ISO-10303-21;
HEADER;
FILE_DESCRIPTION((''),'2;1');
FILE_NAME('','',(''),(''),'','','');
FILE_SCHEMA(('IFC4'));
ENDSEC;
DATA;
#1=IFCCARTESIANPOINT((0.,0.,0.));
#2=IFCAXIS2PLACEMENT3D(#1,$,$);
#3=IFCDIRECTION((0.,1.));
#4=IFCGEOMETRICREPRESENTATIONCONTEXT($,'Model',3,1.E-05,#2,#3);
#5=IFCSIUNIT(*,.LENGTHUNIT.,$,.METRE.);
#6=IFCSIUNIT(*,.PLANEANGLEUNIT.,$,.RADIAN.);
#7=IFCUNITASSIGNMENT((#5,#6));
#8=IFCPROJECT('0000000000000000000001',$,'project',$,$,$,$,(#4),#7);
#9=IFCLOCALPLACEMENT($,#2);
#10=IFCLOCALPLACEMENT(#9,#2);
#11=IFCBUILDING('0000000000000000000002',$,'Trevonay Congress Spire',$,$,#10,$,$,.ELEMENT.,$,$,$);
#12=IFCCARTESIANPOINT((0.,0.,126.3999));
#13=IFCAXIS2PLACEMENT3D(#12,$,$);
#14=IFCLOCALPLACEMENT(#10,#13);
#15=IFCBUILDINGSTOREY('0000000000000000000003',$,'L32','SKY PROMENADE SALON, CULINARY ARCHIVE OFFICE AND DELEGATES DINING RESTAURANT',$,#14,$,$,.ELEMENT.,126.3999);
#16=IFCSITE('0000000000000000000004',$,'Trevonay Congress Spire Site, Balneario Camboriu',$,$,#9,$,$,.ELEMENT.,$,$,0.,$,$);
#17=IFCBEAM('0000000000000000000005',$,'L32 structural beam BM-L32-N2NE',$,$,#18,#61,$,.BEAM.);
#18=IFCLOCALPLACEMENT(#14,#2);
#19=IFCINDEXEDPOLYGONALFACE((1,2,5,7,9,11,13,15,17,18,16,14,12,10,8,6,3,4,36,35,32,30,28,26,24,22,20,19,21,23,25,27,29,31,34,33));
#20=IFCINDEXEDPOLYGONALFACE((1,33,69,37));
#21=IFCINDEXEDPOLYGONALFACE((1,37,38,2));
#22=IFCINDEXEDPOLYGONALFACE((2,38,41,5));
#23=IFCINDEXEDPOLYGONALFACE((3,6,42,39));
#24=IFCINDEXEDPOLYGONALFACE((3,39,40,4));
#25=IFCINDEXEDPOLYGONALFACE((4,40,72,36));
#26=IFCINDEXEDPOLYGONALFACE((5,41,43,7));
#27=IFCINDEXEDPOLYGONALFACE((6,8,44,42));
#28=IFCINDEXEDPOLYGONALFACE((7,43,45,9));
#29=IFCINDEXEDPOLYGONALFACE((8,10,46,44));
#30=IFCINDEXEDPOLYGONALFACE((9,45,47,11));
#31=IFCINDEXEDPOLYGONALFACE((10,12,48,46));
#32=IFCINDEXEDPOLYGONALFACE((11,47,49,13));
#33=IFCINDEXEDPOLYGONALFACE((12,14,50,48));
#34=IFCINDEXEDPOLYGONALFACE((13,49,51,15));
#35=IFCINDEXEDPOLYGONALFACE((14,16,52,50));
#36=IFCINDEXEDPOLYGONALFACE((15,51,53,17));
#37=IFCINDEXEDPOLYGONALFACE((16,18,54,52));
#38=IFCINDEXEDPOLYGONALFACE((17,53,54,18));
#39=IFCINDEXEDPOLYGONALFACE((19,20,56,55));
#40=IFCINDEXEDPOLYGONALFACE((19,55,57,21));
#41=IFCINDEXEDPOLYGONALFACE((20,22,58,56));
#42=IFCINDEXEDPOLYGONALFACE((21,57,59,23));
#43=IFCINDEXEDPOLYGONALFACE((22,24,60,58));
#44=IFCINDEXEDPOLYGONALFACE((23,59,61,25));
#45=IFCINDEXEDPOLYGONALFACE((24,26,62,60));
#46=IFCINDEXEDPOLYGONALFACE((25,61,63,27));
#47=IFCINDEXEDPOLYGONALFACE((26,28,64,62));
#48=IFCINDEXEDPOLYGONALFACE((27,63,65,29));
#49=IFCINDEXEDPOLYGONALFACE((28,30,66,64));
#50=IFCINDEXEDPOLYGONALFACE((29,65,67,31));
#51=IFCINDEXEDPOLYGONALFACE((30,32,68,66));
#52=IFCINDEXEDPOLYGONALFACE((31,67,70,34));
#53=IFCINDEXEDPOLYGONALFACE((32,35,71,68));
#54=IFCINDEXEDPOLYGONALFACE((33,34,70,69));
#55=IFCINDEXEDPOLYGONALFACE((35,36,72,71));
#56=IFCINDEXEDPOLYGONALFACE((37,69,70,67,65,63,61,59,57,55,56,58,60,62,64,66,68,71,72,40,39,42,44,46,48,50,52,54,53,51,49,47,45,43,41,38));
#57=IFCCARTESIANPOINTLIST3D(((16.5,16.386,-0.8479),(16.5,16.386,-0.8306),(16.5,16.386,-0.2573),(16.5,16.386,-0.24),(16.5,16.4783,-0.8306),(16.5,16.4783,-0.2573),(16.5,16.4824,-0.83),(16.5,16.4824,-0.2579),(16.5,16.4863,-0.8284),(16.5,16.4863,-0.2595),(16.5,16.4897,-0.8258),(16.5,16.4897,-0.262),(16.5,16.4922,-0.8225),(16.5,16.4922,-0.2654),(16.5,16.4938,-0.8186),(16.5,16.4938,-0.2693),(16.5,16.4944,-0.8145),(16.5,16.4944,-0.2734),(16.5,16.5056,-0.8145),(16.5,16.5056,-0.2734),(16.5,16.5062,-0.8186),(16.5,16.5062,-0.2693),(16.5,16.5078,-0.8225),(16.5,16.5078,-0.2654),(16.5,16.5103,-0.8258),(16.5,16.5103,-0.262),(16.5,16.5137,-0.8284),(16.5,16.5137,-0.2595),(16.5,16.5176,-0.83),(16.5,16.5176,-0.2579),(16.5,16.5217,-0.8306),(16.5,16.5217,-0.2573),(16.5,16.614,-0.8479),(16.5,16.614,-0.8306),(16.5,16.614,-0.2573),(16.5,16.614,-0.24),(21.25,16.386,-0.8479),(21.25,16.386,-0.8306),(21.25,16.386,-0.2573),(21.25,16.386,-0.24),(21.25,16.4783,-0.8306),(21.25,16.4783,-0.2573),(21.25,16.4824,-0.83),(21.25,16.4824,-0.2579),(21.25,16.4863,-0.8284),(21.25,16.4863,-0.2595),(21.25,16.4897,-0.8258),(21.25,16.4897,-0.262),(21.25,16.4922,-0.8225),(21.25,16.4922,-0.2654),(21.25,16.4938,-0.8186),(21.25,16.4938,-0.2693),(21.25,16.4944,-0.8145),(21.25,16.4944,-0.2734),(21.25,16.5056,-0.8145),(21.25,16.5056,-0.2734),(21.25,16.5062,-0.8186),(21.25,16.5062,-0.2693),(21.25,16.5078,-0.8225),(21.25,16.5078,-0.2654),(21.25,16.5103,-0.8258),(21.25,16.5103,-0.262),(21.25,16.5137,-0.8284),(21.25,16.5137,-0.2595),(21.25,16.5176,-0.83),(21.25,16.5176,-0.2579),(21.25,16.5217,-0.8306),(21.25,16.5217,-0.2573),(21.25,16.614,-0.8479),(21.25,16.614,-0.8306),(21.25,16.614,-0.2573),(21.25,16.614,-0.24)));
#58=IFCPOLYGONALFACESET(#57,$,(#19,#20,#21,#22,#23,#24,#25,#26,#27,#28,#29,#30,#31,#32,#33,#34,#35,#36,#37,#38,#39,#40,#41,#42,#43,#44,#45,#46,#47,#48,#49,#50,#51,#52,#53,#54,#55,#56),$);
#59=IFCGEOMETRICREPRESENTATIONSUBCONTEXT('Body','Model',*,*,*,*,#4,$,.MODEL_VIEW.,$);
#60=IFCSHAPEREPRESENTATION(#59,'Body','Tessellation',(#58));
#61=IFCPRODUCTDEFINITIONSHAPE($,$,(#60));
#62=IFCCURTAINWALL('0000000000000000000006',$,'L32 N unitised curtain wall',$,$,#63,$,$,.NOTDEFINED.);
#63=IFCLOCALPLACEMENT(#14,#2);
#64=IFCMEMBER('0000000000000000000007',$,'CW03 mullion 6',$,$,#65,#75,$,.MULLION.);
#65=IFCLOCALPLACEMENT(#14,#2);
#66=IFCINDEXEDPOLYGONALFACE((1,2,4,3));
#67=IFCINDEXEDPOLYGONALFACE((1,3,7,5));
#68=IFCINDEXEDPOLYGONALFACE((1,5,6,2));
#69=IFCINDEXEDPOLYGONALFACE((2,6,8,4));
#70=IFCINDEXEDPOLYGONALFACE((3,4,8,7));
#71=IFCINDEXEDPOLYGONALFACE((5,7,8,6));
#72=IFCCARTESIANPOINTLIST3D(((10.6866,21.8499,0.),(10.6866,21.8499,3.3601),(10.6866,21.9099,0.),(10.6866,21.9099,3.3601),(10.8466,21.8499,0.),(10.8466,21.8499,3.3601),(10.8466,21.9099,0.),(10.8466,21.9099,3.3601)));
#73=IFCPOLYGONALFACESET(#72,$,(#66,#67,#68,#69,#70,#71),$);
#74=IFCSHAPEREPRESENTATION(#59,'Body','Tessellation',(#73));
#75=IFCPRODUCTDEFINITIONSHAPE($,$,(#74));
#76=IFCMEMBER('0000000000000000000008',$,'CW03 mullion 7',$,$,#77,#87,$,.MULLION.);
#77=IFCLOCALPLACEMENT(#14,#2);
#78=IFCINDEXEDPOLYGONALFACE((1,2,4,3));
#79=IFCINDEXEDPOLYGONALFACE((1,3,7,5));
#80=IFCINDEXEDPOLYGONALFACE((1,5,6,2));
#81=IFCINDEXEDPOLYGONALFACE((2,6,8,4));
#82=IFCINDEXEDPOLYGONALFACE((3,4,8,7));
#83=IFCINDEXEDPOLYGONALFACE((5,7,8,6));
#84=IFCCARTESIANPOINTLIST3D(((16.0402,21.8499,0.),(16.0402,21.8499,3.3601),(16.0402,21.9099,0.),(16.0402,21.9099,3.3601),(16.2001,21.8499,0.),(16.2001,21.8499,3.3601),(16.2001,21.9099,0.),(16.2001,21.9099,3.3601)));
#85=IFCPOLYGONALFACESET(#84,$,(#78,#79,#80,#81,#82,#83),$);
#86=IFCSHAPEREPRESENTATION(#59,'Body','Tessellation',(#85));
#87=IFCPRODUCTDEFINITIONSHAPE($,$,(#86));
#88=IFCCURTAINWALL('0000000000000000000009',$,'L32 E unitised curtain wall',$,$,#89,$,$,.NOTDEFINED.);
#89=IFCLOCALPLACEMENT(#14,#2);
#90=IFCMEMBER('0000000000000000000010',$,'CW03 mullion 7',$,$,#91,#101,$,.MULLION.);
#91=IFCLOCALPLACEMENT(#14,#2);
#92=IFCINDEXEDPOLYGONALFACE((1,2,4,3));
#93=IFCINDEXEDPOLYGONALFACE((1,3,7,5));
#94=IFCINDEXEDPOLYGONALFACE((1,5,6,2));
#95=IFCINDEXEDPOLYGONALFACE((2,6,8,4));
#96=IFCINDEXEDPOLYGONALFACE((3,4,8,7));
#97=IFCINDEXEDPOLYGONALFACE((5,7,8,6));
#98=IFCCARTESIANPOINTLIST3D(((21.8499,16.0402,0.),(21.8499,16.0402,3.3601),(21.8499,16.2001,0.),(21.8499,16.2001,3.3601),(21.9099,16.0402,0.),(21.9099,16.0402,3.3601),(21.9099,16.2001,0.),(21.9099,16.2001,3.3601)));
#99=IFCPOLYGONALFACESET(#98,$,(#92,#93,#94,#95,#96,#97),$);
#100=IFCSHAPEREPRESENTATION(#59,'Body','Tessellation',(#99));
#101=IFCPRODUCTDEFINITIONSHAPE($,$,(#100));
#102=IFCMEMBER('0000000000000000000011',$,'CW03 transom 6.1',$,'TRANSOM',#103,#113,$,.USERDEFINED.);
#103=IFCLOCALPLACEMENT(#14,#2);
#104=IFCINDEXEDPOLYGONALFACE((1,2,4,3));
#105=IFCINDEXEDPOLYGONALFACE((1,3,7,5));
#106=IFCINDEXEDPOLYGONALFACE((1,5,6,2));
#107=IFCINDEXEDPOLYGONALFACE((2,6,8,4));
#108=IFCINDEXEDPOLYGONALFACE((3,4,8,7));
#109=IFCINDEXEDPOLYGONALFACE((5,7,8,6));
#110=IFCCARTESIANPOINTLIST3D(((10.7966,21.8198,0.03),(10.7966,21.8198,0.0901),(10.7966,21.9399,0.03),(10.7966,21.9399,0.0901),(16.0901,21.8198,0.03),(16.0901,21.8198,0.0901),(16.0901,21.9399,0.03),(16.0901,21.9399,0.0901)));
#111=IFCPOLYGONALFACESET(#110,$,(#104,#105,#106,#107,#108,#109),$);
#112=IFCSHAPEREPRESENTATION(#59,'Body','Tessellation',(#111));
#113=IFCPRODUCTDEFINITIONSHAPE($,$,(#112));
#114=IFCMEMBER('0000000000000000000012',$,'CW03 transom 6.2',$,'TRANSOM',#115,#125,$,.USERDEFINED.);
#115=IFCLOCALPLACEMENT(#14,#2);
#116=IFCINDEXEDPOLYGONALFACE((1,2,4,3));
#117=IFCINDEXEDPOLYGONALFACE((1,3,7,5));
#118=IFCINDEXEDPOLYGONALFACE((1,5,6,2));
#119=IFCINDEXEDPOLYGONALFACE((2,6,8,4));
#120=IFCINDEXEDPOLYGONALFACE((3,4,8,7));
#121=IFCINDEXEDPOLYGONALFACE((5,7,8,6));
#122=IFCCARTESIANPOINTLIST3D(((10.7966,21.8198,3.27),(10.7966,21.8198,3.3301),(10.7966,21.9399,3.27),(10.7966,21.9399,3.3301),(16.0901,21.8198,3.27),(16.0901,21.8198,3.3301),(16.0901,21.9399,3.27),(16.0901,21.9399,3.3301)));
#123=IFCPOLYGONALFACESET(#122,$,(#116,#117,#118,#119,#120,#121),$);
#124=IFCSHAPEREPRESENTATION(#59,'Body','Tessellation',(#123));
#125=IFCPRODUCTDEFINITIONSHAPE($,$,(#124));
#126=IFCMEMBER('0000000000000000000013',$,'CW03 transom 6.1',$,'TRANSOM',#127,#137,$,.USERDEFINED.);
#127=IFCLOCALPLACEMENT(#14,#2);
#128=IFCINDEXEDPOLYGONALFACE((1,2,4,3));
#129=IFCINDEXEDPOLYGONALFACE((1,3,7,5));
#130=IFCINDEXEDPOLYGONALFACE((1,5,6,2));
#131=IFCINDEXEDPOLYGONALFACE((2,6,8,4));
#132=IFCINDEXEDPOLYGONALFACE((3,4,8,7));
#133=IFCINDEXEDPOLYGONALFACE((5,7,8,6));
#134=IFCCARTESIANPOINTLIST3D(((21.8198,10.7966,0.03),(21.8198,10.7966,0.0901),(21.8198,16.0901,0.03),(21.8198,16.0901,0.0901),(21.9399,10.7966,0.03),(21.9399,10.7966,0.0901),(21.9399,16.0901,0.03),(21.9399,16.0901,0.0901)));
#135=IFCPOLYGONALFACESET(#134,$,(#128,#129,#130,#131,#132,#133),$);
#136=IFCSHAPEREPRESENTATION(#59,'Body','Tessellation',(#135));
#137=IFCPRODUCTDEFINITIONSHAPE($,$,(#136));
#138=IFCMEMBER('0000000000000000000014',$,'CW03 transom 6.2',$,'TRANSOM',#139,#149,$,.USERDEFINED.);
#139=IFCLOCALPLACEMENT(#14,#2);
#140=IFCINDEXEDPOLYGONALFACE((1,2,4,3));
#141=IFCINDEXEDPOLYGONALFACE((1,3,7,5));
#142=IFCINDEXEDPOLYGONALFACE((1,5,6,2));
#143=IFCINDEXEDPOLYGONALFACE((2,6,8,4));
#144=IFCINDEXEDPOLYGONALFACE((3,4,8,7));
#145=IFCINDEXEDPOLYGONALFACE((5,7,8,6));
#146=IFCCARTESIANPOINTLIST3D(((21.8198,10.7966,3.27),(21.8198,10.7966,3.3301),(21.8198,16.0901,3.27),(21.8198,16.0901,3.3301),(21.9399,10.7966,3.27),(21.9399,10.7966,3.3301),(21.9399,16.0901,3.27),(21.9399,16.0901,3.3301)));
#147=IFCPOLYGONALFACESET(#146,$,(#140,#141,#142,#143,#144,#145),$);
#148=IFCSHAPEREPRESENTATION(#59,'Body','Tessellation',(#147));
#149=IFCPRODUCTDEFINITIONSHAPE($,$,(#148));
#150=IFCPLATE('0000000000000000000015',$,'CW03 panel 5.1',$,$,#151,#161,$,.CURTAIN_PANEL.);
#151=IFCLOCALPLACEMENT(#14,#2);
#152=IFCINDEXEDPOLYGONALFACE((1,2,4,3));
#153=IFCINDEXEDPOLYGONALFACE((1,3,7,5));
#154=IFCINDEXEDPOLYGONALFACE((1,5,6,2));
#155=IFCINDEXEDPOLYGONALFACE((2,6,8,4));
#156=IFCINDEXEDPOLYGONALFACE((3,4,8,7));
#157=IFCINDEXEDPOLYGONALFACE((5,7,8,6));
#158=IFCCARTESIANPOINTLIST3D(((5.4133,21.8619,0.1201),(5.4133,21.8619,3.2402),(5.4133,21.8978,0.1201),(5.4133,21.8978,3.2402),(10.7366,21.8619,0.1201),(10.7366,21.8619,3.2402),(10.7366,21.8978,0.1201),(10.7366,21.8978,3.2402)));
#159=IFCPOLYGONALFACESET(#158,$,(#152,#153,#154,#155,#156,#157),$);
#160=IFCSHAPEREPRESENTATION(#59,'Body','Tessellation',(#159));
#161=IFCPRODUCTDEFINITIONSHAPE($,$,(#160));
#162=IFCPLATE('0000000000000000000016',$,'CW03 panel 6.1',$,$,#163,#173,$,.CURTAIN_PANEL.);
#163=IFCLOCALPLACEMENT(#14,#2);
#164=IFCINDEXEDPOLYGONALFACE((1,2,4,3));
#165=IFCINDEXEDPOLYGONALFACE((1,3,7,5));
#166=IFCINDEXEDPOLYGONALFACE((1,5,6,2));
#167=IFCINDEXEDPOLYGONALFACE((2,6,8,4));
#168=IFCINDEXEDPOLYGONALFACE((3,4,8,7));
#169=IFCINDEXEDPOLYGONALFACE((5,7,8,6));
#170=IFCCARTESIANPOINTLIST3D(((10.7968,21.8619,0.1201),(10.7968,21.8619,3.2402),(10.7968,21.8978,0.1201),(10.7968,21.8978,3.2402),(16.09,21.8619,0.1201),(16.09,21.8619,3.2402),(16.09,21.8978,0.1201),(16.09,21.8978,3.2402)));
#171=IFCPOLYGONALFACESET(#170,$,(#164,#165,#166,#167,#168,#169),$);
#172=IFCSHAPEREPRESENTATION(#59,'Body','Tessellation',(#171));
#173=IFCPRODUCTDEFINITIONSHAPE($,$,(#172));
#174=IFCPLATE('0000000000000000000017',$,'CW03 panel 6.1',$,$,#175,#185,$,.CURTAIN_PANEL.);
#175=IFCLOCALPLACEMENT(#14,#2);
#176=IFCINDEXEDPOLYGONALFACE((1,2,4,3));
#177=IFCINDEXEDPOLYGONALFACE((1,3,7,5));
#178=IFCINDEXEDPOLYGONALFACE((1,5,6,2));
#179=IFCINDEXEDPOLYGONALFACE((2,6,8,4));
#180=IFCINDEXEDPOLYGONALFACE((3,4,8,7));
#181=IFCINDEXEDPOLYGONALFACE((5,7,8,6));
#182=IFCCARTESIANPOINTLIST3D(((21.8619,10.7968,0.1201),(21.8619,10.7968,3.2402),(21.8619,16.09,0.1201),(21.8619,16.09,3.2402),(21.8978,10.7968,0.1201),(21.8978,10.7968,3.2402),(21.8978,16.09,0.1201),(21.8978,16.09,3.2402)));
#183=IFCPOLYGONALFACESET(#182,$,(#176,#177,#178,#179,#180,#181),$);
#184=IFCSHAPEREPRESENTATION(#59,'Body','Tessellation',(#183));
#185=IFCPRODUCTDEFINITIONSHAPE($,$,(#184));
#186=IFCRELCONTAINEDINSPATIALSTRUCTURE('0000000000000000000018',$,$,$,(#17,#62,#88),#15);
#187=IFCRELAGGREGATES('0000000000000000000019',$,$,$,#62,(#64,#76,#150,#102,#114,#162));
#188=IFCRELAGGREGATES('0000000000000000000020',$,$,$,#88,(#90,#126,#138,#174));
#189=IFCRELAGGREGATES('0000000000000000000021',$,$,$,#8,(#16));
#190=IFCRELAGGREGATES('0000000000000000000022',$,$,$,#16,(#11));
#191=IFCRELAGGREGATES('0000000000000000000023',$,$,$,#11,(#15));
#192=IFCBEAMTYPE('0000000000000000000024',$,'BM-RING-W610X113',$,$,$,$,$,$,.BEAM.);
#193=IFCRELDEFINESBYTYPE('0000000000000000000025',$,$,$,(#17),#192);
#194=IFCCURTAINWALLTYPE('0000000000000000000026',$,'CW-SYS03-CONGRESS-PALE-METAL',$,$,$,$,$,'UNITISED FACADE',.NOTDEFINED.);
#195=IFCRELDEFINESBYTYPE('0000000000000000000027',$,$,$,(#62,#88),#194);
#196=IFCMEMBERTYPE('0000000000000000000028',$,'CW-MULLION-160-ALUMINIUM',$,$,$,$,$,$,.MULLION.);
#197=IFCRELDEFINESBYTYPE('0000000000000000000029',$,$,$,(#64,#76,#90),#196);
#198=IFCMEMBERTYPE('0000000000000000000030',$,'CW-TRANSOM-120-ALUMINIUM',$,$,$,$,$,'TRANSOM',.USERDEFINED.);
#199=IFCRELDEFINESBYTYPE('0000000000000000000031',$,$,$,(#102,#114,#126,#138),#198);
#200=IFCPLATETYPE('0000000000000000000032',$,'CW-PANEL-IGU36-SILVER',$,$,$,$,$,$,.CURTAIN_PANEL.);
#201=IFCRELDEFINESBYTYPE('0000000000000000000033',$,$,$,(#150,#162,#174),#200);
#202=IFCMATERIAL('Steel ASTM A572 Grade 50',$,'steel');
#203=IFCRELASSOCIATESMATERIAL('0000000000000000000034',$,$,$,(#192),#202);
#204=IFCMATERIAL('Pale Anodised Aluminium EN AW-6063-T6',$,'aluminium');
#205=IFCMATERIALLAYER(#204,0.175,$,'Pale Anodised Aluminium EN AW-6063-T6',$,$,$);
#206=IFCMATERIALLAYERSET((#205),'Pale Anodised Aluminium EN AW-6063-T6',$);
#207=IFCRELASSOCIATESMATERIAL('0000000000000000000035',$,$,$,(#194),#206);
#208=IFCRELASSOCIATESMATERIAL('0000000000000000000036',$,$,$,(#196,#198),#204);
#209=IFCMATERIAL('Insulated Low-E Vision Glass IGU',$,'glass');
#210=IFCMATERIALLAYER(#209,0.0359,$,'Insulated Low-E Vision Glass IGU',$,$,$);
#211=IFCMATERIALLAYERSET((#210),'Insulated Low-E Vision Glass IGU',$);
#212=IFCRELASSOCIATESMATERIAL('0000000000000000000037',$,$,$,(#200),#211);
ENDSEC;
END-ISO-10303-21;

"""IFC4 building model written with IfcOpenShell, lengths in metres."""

from ifc_helpers import new_model, si_unit, direction, frame, origin, origin_2d, place, context, subcontext, project, spatial, rectangle, i_section, extrude, material, layer, layer_set, material_profile, profile_set, type_object, element, aggregate, save


model = new_model("IFC4")

# Units and contexts
model_context = context("Model", 3, precision=1e-05, world=origin(), true_north=direction((0.0, 1.0)))
body_context = subcontext(model_context, "Body", "Model", "MODEL_VIEW")
ifc_project = project(units=[si_unit("LENGTHUNIT", "METRE"), si_unit("PLANEANGLEUNIT", "RADIAN")], contexts=[model_context])

# Site, building, storey
site_placement = place(None, origin())
site = spatial("IfcSite", under=ifc_project, at=site_placement, Name="Trevonay Congress Spire Site, Balneario Camboriu", CompositionType="ELEMENT", RefElevation=0.0)
building_placement = place(site_placement, origin())
building = spatial("IfcBuilding", under=site, at=building_placement, Name="Trevonay Congress Spire", CompositionType="ELEMENT")
storey_placement = place(building_placement, frame((0.0, 0.0, 126.3999)))
storey = spatial("IfcBuildingStorey", under=building, at=storey_placement, Name="L32", Description="SKY PROMENADE SALON, CULINARY ARCHIVE OFFICE AND DELEGATES DINING RESTAURANT", CompositionType="ELEMENT", Elevation=126.3999)

# Shared definitions
ifc_material_1 = material(Name="Steel ASTM A572 Grade 50", Category="steel")

# Beam
ifc_material_profile_1 = material_profile(ifc_material_1, i_section(OverallWidth=0.228, OverallDepth=0.6079, WebThickness=0.0112, FlangeThickness=0.0173, FilletRadius=0.0161, at=origin_2d()), Name="W610x113")
ifc_profile_set_1 = profile_set([ifc_material_profile_1], Name="Steel ASTM A572 Grade 50")
beam_type = type_object("IfcBeamType", Name="BM-RING-W610X113", PredefinedType="BEAM", material=ifc_profile_set_1)
for number, where, z_axis, x_axis, name in (
    (1, (21.25, 16.5, -0.5439), (-1.0, 0.0, 0.0), (0.0, -1.0, 0.0), "L32 structural beam BM-L32-N2NE"),
):
    element("IfcBeam", number, at=place(storey_placement, frame(where, z_axis=z_axis, x_axis=x_axis)), inside=storey, type_object=beam_type, Name=name, PredefinedType="BEAM", context=body_context, shape_type="SweptSolid", body=[
        extrude(i_section(OverallWidth=0.228, OverallDepth=0.6079, WebThickness=0.0112, FlangeThickness=0.0173, FilletRadius=0.0161, at=origin_2d()), origin(), (0.0, 0.0, 1.0), 4.75),
    ])

# Curtain wall, members
ifc_material_2 = material(Name="Pale Anodised Aluminium EN AW-6063-T6", Category="aluminium")
ifc_layer_1 = layer(ifc_material_2, 0.175, Name="Pale Anodised Aluminium EN AW-6063-T6")
ifc_layer_set_1 = layer_set([ifc_layer_1], Name="Pale Anodised Aluminium EN AW-6063-T6")
curtain_wall_type = type_object("IfcCurtainWallType", Name="CW-SYS03-CONGRESS-PALE-METAL", ElementType="UNITISED FACADE", PredefinedType="NOTDEFINED", material=ifc_layer_set_1)
curtain_wall_1_placement = place(storey_placement, origin())
curtain_wall_1 = element("IfcCurtainWall", 2, at=curtain_wall_1_placement, inside=storey, type_object=curtain_wall_type, Name="L32 N unitised curtain wall", PredefinedType="NOTDEFINED")
ifc_material_profile_2 = material_profile(ifc_material_2, rectangle(XDim=0.0601, YDim=0.1599, at=origin_2d()), Name="CW-MULLION-160-ALUMINIUM")
ifc_profile_set_2 = profile_set([ifc_material_profile_2], Name="Pale Anodised Aluminium EN AW-6063-T6")
member_type_1 = type_object("IfcMemberType", Name="CW-MULLION-160-ALUMINIUM", PredefinedType="MULLION", material=ifc_profile_set_2)
member_1_placement = place(storey_placement, frame((10.7666, 21.8799, 0.0), z_axis=(0.0, 0.0, 1.0), x_axis=(0.0, 1.0, 0.0)))
member_1 = element("IfcMember", 3, at=member_1_placement, type_object=member_type_1, Name="CW03 mullion 6", PredefinedType="MULLION", context=body_context, shape_type="SweptSolid", body=[
    extrude(rectangle(XDim=0.0601, YDim=0.1599, at=origin_2d()), origin(), (0.0, 0.0, 1.0), 3.3601),
])
member_2_placement = place(storey_placement, frame((16.1201, 21.8799, 0.0), z_axis=(0.0, 0.0, 1.0), x_axis=(0.0, 1.0, 0.0)))
member_2 = element("IfcMember", 4, at=member_2_placement, type_object=member_type_1, Name="CW03 mullion 7", PredefinedType="MULLION", context=body_context, shape_type="SweptSolid", body=[
    extrude(rectangle(XDim=0.0601, YDim=0.1599, at=origin_2d()), origin(), (0.0, 0.0, 1.0), 3.3601),
])

# Curtain wall, member
curtain_wall_2_placement = place(storey_placement, origin())
curtain_wall_2 = element("IfcCurtainWall", 5, at=curtain_wall_2_placement, inside=storey, type_object=curtain_wall_type, Name="L32 E unitised curtain wall", PredefinedType="NOTDEFINED")
member_3_placement = place(storey_placement, frame((21.8799, 16.1201, 0.0), z_axis=(0.0, 0.0, 1.0), x_axis=(-1.0, 0.0, 0.0)))
member_3 = element("IfcMember", 6, at=member_3_placement, type_object=member_type_1, Name="CW03 mullion 7", PredefinedType="MULLION", context=body_context, shape_type="SweptSolid", body=[
    extrude(rectangle(XDim=0.0601, YDim=0.1599, at=origin_2d()), origin(), (0.0, 0.0, 1.0), 3.3601),
])

# Members
ifc_material_profile_3 = material_profile(ifc_material_2, rectangle(XDim=0.1201, YDim=0.0601, at=origin_2d()), Name="CW-TRANSOM-120-ALUMINIUM")
ifc_profile_set_3 = profile_set([ifc_material_profile_3], Name="Pale Anodised Aluminium EN AW-6063-T6")
member_type_2 = type_object("IfcMemberType", Name="CW-TRANSOM-120-ALUMINIUM", ElementType="TRANSOM", PredefinedType="USERDEFINED", material=ifc_profile_set_3)
member_4_placement = place(storey_placement, frame((10.7966, 21.8799, 0.0601), z_axis=(1.0, 0.0, 0.0), x_axis=(0.0, 1.0, 0.0)))
member_4 = element("IfcMember", 7, at=member_4_placement, type_object=member_type_2, Name="CW03 transom 6.1", ObjectType="TRANSOM", PredefinedType="USERDEFINED", context=body_context, shape_type="SweptSolid", body=[
    extrude(rectangle(XDim=0.1201, YDim=0.0601, at=origin_2d()), origin(), (0.0, 0.0, 1.0), 5.2935),
])
member_5_placement = place(storey_placement, frame((10.7966, 21.8799, 3.3), z_axis=(1.0, 0.0, 0.0), x_axis=(0.0, 1.0, 0.0)))
member_5 = element("IfcMember", 8, at=member_5_placement, type_object=member_type_2, Name="CW03 transom 6.2", ObjectType="TRANSOM", PredefinedType="USERDEFINED", context=body_context, shape_type="SweptSolid", body=[
    extrude(rectangle(XDim=0.1201, YDim=0.0601, at=origin_2d()), origin(), (0.0, 0.0, 1.0), 5.2935),
])
member_6_placement = place(storey_placement, frame((21.8799, 10.7966, 0.0601), z_axis=(0.0, 1.0, 0.0), x_axis=(-1.0, 0.0, 0.0)))
member_6 = element("IfcMember", 9, at=member_6_placement, type_object=member_type_2, Name="CW03 transom 6.1", ObjectType="TRANSOM", PredefinedType="USERDEFINED", context=body_context, shape_type="SweptSolid", body=[
    extrude(rectangle(XDim=0.1201, YDim=0.0601, at=origin_2d()), origin(), (0.0, 0.0, 1.0), 5.2935),
])
member_7_placement = place(storey_placement, frame((21.8799, 10.7966, 3.3), z_axis=(0.0, 1.0, 0.0), x_axis=(-1.0, 0.0, 0.0)))
member_7 = element("IfcMember", 10, at=member_7_placement, type_object=member_type_2, Name="CW03 transom 6.2", ObjectType="TRANSOM", PredefinedType="USERDEFINED", context=body_context, shape_type="SweptSolid", body=[
    extrude(rectangle(XDim=0.1201, YDim=0.0601, at=origin_2d()), origin(), (0.0, 0.0, 1.0), 5.2935),
])

# Plates
ifc_material_3 = material(Name="Insulated Low-E Vision Glass IGU", Category="glass")
ifc_layer_2 = layer(ifc_material_3, 0.0359, Name="Insulated Low-E Vision Glass IGU")
ifc_layer_set_2 = layer_set([ifc_layer_2], Name="Insulated Low-E Vision Glass IGU")
plate_type = type_object("IfcPlateType", Name="CW-PANEL-IGU36-SILVER", PredefinedType="CURTAIN_PANEL", material=ifc_layer_set_2)
plate_1_placement = place(storey_placement, frame((8.075, 21.8799, 0.1201), z_axis=(0.0, 0.0, 1.0), x_axis=(1.0, 0.0, 0.0)))
plate_1 = element("IfcPlate", 11, at=plate_1_placement, type_object=plate_type, Name="CW03 panel 5.1", PredefinedType="CURTAIN_PANEL", context=body_context, shape_type="SweptSolid", body=[
    extrude(rectangle(XDim=5.3232, YDim=0.0359, at=origin_2d()), origin(), (0.0, 0.0, 1.0), 3.1201),
])
plate_2_placement = place(storey_placement, frame((13.4434, 21.8799, 0.1201), z_axis=(0.0, 0.0, 1.0), x_axis=(1.0, 0.0, 0.0)))
plate_2 = element("IfcPlate", 12, at=plate_2_placement, type_object=plate_type, Name="CW03 panel 6.1", PredefinedType="CURTAIN_PANEL", context=body_context, shape_type="SweptSolid", body=[
    extrude(rectangle(XDim=5.2932, YDim=0.0359, at=origin_2d()), origin(), (0.0, 0.0, 1.0), 3.1201),
])
aggregate(curtain_wall_1, [member_1, member_2, plate_1, member_4, member_5, plate_2])
plate_3_placement = place(storey_placement, frame((21.8799, 13.4434, 0.1201), z_axis=(0.0, 0.0, 1.0), x_axis=(0.0, 1.0, 0.0)))
plate_3 = element("IfcPlate", 13, at=plate_3_placement, type_object=plate_type, Name="CW03 panel 6.1", PredefinedType="CURTAIN_PANEL", context=body_context, shape_type="SweptSolid", body=[
    extrude(rectangle(XDim=5.2932, YDim=0.0359, at=origin_2d()), origin(), (0.0, 0.0, 1.0), 3.1201),
])
aggregate(curtain_wall_2, [member_3, member_6, member_7, plate_3])

save(model, "model.ifc")
